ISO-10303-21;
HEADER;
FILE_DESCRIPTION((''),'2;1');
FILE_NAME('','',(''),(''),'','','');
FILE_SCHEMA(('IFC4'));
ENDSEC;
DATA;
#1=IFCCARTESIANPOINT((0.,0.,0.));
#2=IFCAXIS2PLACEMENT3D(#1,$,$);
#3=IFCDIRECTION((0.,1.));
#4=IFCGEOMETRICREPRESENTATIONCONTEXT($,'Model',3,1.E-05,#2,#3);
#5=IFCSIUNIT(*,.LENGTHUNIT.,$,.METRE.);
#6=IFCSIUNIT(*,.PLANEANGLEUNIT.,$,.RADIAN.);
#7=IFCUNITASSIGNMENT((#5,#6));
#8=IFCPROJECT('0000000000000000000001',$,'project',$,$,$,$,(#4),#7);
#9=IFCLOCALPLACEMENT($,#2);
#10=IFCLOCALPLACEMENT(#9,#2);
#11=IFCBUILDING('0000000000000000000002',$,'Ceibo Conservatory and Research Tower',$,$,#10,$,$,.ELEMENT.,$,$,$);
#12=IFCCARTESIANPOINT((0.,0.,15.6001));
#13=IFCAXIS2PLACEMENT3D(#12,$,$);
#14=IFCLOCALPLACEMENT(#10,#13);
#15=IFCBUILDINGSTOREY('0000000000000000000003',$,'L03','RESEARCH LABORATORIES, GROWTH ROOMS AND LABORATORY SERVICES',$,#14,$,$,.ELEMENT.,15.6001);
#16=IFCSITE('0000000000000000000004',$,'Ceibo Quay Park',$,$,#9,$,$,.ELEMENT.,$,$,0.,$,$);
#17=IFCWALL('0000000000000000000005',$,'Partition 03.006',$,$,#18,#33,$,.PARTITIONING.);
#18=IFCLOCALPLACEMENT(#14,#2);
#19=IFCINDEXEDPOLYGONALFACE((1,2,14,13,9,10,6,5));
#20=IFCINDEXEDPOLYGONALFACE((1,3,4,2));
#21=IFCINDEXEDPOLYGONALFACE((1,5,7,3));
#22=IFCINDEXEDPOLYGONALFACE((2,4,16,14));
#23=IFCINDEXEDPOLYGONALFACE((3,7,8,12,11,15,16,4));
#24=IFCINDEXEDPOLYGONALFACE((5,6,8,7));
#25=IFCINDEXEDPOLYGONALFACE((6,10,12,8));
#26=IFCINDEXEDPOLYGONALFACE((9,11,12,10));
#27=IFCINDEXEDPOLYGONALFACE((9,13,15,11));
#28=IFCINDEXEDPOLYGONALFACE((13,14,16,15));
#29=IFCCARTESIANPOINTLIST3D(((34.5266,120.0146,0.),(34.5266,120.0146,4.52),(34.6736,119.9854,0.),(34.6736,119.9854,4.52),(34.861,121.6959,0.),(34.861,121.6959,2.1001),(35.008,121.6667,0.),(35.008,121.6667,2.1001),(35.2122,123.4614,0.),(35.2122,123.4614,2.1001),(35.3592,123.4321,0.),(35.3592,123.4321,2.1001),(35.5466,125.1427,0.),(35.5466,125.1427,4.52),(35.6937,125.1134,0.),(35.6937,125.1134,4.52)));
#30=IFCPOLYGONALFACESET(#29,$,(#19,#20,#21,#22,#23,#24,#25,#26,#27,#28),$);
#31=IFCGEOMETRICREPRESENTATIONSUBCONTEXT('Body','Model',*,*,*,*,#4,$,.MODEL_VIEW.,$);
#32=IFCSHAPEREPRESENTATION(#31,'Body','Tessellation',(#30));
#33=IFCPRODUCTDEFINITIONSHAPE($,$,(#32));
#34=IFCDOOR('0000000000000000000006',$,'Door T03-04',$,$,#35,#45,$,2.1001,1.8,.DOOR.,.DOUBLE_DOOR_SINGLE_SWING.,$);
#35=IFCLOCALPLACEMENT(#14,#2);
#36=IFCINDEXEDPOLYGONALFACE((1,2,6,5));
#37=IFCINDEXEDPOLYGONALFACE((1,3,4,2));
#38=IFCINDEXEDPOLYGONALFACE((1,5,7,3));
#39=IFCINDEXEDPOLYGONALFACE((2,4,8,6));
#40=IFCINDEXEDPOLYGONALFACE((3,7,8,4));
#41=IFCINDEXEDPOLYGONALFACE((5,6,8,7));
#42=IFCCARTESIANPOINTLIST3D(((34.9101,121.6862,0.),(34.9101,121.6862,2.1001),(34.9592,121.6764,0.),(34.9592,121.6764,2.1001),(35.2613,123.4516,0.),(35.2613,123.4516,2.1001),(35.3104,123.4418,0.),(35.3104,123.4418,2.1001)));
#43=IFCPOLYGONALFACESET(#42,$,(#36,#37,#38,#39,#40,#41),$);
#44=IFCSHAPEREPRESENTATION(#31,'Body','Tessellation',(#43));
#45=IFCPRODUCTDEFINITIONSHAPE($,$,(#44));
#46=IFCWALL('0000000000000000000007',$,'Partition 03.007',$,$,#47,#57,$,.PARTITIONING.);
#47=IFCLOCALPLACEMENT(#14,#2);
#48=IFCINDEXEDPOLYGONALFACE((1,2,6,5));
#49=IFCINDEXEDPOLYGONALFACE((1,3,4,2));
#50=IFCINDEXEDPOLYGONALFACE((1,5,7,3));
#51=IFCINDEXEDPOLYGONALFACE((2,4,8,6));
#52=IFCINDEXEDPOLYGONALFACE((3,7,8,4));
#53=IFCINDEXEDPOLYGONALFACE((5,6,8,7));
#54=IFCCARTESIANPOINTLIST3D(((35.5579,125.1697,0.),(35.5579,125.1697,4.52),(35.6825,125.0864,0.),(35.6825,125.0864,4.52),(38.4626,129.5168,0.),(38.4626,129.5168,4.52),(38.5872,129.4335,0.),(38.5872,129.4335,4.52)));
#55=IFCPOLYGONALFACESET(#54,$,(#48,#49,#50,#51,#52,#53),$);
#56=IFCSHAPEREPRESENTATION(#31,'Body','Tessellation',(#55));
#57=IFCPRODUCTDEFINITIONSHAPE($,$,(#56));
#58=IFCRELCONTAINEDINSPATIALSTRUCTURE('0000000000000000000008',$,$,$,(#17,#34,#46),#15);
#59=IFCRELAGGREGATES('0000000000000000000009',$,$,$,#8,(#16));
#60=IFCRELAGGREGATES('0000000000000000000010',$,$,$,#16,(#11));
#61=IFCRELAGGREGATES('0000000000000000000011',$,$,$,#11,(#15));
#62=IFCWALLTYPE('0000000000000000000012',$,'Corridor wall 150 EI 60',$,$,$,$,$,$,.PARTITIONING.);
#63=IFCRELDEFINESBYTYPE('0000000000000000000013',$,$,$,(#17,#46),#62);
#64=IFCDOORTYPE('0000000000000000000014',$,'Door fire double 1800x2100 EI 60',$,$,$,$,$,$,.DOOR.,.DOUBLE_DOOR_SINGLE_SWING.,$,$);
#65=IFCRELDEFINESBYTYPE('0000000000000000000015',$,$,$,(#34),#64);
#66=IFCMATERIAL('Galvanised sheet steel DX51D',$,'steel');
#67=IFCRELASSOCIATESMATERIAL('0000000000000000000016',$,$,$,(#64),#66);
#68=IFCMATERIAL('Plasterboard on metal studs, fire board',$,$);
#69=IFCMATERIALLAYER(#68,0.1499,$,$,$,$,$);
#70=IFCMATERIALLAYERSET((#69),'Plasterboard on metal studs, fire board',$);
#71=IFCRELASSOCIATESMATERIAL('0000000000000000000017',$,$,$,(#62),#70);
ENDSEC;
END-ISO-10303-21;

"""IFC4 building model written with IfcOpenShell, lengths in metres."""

from ifc_helpers import new_model, si_unit, direction, frame, frame_2d, origin, place, context, subcontext, project, spatial, rectangle, extrude, material, layer, layer_set, type_object, element, fill, save


model = new_model("IFC4")

# Units and contexts
model_context = context("Model", 3, precision=1e-05, world=origin(), true_north=direction((0.0, 1.0)))
body_context = subcontext(model_context, "Body", "Model", "MODEL_VIEW")
ifc_project = project(units=[si_unit("LENGTHUNIT", "METRE"), si_unit("PLANEANGLEUNIT", "RADIAN")], contexts=[model_context])

# Site, building, storey
site_placement = place(None, origin())
site = spatial("IfcSite", under=ifc_project, at=site_placement, Name="Ceibo Quay Park", CompositionType="ELEMENT", RefElevation=0.0)
building_placement = place(site_placement, origin())
building = spatial("IfcBuilding", under=site, at=building_placement, Name="Ceibo Conservatory and Research Tower", CompositionType="ELEMENT")
storey_placement = place(building_placement, frame((0.0, 0.0, 15.6001)))
storey = spatial("IfcBuildingStorey", under=building, at=storey_placement, Name="L03", Description="RESEARCH LABORATORIES, GROWTH ROOMS AND LABORATORY SERVICES", CompositionType="ELEMENT", Elevation=15.6001)

# Shared definitions
ifc_material_1 = material(Name="Galvanised sheet steel DX51D", Category="steel")
door_type_1 = type_object("IfcDoorType", Name="Door fire double 1800x2100 EI 60", OperationType="DOUBLE_DOOR_SINGLE_SWING", PredefinedType="DOOR", material=ifc_material_1)

# Wall, opening, door
ifc_material_2 = material(Name="Plasterboard on metal studs, fire board")
ifc_layer_1 = layer(ifc_material_2, 0.1499)
ifc_layer_set_1 = layer_set([ifc_layer_1], Name="Plasterboard on metal studs, fire board")
wall_type_1 = type_object("IfcWallType", Name="Corridor wall 150 EI 60", PredefinedType="PARTITIONING", material=ifc_layer_set_1)
wall_1_placement = place(storey_placement, frame((34.6001, 120.0, 0.0), z_axis=(0.0, 0.0, 1.0), x_axis=(0.195092, 0.980785, 0.0)))
wall_1 = element("IfcWall", 1, at=wall_1_placement, inside=storey, type_object=wall_type_1, Name="Partition 03.006", PredefinedType="PARTITIONING", context=body_context, shape_type="SweptSolid", body=[
    extrude(rectangle(XDim=5.2285, YDim=0.1499, at=frame_2d((2.6143, 0.0))), origin(), (0.0, 0.0, 1.0), 4.52),
])
opening_1_placement = place(wall_1_placement, frame((1.7144, 0.0, 0.0)))
opening_1 = element("IfcOpeningElement", 2, at=opening_1_placement, cuts=wall_1, PredefinedType="OPENING", context=body_context, shape_type="SweptSolid", body=[
    extrude(rectangle(XDim=1.8, YDim=2.1001, at=frame_2d((0.8999, 1.05))), frame((0.0, 0.085, 0.0), z_axis=(0.0, -1.0, 0.0), x_axis=(1.0, 0.0, 0.0)), (0.0, 0.0, 1.0), 0.1699),
])
door_1_placement = place(opening_1_placement, origin())
door_1 = element("IfcDoor", 3, at=door_1_placement, inside=storey, type_object=door_type_1, Name="Door T03-04", OperationType="DOUBLE_DOOR_SINGLE_SWING", OverallHeight=2.1001, OverallWidth=1.8, PredefinedType="DOOR", context=body_context, shape_type="SweptSolid", body=[
    extrude(rectangle(XDim=1.8, YDim=2.1001, at=frame_2d((0.8999, 1.05))), frame((0.0, 0.0249, 0.0), z_axis=(0.0, -1.0, 0.0), x_axis=(1.0, 0.0, 0.0)), (0.0, 0.0, 1.0), 0.05),
])
fill(opening_1, door_1)

# Wall
wall_2_placement = place(storey_placement, frame((35.6201, 125.1279, 0.0), z_axis=(0.0, 0.0, 1.0), x_axis=(0.555584, 0.831461, 0.0)))
element("IfcWall", 4, at=wall_2_placement, inside=storey, type_object=wall_type_1, Name="Partition 03.007", PredefinedType="PARTITIONING", context=body_context, shape_type="SweptSolid", body=[
    extrude(rectangle(XDim=5.2283, YDim=0.1499, at=frame_2d((2.6143, 0.0))), origin(), (0.0, 0.0, 1.0), 4.52),
])

save(model, "model.ifc")
